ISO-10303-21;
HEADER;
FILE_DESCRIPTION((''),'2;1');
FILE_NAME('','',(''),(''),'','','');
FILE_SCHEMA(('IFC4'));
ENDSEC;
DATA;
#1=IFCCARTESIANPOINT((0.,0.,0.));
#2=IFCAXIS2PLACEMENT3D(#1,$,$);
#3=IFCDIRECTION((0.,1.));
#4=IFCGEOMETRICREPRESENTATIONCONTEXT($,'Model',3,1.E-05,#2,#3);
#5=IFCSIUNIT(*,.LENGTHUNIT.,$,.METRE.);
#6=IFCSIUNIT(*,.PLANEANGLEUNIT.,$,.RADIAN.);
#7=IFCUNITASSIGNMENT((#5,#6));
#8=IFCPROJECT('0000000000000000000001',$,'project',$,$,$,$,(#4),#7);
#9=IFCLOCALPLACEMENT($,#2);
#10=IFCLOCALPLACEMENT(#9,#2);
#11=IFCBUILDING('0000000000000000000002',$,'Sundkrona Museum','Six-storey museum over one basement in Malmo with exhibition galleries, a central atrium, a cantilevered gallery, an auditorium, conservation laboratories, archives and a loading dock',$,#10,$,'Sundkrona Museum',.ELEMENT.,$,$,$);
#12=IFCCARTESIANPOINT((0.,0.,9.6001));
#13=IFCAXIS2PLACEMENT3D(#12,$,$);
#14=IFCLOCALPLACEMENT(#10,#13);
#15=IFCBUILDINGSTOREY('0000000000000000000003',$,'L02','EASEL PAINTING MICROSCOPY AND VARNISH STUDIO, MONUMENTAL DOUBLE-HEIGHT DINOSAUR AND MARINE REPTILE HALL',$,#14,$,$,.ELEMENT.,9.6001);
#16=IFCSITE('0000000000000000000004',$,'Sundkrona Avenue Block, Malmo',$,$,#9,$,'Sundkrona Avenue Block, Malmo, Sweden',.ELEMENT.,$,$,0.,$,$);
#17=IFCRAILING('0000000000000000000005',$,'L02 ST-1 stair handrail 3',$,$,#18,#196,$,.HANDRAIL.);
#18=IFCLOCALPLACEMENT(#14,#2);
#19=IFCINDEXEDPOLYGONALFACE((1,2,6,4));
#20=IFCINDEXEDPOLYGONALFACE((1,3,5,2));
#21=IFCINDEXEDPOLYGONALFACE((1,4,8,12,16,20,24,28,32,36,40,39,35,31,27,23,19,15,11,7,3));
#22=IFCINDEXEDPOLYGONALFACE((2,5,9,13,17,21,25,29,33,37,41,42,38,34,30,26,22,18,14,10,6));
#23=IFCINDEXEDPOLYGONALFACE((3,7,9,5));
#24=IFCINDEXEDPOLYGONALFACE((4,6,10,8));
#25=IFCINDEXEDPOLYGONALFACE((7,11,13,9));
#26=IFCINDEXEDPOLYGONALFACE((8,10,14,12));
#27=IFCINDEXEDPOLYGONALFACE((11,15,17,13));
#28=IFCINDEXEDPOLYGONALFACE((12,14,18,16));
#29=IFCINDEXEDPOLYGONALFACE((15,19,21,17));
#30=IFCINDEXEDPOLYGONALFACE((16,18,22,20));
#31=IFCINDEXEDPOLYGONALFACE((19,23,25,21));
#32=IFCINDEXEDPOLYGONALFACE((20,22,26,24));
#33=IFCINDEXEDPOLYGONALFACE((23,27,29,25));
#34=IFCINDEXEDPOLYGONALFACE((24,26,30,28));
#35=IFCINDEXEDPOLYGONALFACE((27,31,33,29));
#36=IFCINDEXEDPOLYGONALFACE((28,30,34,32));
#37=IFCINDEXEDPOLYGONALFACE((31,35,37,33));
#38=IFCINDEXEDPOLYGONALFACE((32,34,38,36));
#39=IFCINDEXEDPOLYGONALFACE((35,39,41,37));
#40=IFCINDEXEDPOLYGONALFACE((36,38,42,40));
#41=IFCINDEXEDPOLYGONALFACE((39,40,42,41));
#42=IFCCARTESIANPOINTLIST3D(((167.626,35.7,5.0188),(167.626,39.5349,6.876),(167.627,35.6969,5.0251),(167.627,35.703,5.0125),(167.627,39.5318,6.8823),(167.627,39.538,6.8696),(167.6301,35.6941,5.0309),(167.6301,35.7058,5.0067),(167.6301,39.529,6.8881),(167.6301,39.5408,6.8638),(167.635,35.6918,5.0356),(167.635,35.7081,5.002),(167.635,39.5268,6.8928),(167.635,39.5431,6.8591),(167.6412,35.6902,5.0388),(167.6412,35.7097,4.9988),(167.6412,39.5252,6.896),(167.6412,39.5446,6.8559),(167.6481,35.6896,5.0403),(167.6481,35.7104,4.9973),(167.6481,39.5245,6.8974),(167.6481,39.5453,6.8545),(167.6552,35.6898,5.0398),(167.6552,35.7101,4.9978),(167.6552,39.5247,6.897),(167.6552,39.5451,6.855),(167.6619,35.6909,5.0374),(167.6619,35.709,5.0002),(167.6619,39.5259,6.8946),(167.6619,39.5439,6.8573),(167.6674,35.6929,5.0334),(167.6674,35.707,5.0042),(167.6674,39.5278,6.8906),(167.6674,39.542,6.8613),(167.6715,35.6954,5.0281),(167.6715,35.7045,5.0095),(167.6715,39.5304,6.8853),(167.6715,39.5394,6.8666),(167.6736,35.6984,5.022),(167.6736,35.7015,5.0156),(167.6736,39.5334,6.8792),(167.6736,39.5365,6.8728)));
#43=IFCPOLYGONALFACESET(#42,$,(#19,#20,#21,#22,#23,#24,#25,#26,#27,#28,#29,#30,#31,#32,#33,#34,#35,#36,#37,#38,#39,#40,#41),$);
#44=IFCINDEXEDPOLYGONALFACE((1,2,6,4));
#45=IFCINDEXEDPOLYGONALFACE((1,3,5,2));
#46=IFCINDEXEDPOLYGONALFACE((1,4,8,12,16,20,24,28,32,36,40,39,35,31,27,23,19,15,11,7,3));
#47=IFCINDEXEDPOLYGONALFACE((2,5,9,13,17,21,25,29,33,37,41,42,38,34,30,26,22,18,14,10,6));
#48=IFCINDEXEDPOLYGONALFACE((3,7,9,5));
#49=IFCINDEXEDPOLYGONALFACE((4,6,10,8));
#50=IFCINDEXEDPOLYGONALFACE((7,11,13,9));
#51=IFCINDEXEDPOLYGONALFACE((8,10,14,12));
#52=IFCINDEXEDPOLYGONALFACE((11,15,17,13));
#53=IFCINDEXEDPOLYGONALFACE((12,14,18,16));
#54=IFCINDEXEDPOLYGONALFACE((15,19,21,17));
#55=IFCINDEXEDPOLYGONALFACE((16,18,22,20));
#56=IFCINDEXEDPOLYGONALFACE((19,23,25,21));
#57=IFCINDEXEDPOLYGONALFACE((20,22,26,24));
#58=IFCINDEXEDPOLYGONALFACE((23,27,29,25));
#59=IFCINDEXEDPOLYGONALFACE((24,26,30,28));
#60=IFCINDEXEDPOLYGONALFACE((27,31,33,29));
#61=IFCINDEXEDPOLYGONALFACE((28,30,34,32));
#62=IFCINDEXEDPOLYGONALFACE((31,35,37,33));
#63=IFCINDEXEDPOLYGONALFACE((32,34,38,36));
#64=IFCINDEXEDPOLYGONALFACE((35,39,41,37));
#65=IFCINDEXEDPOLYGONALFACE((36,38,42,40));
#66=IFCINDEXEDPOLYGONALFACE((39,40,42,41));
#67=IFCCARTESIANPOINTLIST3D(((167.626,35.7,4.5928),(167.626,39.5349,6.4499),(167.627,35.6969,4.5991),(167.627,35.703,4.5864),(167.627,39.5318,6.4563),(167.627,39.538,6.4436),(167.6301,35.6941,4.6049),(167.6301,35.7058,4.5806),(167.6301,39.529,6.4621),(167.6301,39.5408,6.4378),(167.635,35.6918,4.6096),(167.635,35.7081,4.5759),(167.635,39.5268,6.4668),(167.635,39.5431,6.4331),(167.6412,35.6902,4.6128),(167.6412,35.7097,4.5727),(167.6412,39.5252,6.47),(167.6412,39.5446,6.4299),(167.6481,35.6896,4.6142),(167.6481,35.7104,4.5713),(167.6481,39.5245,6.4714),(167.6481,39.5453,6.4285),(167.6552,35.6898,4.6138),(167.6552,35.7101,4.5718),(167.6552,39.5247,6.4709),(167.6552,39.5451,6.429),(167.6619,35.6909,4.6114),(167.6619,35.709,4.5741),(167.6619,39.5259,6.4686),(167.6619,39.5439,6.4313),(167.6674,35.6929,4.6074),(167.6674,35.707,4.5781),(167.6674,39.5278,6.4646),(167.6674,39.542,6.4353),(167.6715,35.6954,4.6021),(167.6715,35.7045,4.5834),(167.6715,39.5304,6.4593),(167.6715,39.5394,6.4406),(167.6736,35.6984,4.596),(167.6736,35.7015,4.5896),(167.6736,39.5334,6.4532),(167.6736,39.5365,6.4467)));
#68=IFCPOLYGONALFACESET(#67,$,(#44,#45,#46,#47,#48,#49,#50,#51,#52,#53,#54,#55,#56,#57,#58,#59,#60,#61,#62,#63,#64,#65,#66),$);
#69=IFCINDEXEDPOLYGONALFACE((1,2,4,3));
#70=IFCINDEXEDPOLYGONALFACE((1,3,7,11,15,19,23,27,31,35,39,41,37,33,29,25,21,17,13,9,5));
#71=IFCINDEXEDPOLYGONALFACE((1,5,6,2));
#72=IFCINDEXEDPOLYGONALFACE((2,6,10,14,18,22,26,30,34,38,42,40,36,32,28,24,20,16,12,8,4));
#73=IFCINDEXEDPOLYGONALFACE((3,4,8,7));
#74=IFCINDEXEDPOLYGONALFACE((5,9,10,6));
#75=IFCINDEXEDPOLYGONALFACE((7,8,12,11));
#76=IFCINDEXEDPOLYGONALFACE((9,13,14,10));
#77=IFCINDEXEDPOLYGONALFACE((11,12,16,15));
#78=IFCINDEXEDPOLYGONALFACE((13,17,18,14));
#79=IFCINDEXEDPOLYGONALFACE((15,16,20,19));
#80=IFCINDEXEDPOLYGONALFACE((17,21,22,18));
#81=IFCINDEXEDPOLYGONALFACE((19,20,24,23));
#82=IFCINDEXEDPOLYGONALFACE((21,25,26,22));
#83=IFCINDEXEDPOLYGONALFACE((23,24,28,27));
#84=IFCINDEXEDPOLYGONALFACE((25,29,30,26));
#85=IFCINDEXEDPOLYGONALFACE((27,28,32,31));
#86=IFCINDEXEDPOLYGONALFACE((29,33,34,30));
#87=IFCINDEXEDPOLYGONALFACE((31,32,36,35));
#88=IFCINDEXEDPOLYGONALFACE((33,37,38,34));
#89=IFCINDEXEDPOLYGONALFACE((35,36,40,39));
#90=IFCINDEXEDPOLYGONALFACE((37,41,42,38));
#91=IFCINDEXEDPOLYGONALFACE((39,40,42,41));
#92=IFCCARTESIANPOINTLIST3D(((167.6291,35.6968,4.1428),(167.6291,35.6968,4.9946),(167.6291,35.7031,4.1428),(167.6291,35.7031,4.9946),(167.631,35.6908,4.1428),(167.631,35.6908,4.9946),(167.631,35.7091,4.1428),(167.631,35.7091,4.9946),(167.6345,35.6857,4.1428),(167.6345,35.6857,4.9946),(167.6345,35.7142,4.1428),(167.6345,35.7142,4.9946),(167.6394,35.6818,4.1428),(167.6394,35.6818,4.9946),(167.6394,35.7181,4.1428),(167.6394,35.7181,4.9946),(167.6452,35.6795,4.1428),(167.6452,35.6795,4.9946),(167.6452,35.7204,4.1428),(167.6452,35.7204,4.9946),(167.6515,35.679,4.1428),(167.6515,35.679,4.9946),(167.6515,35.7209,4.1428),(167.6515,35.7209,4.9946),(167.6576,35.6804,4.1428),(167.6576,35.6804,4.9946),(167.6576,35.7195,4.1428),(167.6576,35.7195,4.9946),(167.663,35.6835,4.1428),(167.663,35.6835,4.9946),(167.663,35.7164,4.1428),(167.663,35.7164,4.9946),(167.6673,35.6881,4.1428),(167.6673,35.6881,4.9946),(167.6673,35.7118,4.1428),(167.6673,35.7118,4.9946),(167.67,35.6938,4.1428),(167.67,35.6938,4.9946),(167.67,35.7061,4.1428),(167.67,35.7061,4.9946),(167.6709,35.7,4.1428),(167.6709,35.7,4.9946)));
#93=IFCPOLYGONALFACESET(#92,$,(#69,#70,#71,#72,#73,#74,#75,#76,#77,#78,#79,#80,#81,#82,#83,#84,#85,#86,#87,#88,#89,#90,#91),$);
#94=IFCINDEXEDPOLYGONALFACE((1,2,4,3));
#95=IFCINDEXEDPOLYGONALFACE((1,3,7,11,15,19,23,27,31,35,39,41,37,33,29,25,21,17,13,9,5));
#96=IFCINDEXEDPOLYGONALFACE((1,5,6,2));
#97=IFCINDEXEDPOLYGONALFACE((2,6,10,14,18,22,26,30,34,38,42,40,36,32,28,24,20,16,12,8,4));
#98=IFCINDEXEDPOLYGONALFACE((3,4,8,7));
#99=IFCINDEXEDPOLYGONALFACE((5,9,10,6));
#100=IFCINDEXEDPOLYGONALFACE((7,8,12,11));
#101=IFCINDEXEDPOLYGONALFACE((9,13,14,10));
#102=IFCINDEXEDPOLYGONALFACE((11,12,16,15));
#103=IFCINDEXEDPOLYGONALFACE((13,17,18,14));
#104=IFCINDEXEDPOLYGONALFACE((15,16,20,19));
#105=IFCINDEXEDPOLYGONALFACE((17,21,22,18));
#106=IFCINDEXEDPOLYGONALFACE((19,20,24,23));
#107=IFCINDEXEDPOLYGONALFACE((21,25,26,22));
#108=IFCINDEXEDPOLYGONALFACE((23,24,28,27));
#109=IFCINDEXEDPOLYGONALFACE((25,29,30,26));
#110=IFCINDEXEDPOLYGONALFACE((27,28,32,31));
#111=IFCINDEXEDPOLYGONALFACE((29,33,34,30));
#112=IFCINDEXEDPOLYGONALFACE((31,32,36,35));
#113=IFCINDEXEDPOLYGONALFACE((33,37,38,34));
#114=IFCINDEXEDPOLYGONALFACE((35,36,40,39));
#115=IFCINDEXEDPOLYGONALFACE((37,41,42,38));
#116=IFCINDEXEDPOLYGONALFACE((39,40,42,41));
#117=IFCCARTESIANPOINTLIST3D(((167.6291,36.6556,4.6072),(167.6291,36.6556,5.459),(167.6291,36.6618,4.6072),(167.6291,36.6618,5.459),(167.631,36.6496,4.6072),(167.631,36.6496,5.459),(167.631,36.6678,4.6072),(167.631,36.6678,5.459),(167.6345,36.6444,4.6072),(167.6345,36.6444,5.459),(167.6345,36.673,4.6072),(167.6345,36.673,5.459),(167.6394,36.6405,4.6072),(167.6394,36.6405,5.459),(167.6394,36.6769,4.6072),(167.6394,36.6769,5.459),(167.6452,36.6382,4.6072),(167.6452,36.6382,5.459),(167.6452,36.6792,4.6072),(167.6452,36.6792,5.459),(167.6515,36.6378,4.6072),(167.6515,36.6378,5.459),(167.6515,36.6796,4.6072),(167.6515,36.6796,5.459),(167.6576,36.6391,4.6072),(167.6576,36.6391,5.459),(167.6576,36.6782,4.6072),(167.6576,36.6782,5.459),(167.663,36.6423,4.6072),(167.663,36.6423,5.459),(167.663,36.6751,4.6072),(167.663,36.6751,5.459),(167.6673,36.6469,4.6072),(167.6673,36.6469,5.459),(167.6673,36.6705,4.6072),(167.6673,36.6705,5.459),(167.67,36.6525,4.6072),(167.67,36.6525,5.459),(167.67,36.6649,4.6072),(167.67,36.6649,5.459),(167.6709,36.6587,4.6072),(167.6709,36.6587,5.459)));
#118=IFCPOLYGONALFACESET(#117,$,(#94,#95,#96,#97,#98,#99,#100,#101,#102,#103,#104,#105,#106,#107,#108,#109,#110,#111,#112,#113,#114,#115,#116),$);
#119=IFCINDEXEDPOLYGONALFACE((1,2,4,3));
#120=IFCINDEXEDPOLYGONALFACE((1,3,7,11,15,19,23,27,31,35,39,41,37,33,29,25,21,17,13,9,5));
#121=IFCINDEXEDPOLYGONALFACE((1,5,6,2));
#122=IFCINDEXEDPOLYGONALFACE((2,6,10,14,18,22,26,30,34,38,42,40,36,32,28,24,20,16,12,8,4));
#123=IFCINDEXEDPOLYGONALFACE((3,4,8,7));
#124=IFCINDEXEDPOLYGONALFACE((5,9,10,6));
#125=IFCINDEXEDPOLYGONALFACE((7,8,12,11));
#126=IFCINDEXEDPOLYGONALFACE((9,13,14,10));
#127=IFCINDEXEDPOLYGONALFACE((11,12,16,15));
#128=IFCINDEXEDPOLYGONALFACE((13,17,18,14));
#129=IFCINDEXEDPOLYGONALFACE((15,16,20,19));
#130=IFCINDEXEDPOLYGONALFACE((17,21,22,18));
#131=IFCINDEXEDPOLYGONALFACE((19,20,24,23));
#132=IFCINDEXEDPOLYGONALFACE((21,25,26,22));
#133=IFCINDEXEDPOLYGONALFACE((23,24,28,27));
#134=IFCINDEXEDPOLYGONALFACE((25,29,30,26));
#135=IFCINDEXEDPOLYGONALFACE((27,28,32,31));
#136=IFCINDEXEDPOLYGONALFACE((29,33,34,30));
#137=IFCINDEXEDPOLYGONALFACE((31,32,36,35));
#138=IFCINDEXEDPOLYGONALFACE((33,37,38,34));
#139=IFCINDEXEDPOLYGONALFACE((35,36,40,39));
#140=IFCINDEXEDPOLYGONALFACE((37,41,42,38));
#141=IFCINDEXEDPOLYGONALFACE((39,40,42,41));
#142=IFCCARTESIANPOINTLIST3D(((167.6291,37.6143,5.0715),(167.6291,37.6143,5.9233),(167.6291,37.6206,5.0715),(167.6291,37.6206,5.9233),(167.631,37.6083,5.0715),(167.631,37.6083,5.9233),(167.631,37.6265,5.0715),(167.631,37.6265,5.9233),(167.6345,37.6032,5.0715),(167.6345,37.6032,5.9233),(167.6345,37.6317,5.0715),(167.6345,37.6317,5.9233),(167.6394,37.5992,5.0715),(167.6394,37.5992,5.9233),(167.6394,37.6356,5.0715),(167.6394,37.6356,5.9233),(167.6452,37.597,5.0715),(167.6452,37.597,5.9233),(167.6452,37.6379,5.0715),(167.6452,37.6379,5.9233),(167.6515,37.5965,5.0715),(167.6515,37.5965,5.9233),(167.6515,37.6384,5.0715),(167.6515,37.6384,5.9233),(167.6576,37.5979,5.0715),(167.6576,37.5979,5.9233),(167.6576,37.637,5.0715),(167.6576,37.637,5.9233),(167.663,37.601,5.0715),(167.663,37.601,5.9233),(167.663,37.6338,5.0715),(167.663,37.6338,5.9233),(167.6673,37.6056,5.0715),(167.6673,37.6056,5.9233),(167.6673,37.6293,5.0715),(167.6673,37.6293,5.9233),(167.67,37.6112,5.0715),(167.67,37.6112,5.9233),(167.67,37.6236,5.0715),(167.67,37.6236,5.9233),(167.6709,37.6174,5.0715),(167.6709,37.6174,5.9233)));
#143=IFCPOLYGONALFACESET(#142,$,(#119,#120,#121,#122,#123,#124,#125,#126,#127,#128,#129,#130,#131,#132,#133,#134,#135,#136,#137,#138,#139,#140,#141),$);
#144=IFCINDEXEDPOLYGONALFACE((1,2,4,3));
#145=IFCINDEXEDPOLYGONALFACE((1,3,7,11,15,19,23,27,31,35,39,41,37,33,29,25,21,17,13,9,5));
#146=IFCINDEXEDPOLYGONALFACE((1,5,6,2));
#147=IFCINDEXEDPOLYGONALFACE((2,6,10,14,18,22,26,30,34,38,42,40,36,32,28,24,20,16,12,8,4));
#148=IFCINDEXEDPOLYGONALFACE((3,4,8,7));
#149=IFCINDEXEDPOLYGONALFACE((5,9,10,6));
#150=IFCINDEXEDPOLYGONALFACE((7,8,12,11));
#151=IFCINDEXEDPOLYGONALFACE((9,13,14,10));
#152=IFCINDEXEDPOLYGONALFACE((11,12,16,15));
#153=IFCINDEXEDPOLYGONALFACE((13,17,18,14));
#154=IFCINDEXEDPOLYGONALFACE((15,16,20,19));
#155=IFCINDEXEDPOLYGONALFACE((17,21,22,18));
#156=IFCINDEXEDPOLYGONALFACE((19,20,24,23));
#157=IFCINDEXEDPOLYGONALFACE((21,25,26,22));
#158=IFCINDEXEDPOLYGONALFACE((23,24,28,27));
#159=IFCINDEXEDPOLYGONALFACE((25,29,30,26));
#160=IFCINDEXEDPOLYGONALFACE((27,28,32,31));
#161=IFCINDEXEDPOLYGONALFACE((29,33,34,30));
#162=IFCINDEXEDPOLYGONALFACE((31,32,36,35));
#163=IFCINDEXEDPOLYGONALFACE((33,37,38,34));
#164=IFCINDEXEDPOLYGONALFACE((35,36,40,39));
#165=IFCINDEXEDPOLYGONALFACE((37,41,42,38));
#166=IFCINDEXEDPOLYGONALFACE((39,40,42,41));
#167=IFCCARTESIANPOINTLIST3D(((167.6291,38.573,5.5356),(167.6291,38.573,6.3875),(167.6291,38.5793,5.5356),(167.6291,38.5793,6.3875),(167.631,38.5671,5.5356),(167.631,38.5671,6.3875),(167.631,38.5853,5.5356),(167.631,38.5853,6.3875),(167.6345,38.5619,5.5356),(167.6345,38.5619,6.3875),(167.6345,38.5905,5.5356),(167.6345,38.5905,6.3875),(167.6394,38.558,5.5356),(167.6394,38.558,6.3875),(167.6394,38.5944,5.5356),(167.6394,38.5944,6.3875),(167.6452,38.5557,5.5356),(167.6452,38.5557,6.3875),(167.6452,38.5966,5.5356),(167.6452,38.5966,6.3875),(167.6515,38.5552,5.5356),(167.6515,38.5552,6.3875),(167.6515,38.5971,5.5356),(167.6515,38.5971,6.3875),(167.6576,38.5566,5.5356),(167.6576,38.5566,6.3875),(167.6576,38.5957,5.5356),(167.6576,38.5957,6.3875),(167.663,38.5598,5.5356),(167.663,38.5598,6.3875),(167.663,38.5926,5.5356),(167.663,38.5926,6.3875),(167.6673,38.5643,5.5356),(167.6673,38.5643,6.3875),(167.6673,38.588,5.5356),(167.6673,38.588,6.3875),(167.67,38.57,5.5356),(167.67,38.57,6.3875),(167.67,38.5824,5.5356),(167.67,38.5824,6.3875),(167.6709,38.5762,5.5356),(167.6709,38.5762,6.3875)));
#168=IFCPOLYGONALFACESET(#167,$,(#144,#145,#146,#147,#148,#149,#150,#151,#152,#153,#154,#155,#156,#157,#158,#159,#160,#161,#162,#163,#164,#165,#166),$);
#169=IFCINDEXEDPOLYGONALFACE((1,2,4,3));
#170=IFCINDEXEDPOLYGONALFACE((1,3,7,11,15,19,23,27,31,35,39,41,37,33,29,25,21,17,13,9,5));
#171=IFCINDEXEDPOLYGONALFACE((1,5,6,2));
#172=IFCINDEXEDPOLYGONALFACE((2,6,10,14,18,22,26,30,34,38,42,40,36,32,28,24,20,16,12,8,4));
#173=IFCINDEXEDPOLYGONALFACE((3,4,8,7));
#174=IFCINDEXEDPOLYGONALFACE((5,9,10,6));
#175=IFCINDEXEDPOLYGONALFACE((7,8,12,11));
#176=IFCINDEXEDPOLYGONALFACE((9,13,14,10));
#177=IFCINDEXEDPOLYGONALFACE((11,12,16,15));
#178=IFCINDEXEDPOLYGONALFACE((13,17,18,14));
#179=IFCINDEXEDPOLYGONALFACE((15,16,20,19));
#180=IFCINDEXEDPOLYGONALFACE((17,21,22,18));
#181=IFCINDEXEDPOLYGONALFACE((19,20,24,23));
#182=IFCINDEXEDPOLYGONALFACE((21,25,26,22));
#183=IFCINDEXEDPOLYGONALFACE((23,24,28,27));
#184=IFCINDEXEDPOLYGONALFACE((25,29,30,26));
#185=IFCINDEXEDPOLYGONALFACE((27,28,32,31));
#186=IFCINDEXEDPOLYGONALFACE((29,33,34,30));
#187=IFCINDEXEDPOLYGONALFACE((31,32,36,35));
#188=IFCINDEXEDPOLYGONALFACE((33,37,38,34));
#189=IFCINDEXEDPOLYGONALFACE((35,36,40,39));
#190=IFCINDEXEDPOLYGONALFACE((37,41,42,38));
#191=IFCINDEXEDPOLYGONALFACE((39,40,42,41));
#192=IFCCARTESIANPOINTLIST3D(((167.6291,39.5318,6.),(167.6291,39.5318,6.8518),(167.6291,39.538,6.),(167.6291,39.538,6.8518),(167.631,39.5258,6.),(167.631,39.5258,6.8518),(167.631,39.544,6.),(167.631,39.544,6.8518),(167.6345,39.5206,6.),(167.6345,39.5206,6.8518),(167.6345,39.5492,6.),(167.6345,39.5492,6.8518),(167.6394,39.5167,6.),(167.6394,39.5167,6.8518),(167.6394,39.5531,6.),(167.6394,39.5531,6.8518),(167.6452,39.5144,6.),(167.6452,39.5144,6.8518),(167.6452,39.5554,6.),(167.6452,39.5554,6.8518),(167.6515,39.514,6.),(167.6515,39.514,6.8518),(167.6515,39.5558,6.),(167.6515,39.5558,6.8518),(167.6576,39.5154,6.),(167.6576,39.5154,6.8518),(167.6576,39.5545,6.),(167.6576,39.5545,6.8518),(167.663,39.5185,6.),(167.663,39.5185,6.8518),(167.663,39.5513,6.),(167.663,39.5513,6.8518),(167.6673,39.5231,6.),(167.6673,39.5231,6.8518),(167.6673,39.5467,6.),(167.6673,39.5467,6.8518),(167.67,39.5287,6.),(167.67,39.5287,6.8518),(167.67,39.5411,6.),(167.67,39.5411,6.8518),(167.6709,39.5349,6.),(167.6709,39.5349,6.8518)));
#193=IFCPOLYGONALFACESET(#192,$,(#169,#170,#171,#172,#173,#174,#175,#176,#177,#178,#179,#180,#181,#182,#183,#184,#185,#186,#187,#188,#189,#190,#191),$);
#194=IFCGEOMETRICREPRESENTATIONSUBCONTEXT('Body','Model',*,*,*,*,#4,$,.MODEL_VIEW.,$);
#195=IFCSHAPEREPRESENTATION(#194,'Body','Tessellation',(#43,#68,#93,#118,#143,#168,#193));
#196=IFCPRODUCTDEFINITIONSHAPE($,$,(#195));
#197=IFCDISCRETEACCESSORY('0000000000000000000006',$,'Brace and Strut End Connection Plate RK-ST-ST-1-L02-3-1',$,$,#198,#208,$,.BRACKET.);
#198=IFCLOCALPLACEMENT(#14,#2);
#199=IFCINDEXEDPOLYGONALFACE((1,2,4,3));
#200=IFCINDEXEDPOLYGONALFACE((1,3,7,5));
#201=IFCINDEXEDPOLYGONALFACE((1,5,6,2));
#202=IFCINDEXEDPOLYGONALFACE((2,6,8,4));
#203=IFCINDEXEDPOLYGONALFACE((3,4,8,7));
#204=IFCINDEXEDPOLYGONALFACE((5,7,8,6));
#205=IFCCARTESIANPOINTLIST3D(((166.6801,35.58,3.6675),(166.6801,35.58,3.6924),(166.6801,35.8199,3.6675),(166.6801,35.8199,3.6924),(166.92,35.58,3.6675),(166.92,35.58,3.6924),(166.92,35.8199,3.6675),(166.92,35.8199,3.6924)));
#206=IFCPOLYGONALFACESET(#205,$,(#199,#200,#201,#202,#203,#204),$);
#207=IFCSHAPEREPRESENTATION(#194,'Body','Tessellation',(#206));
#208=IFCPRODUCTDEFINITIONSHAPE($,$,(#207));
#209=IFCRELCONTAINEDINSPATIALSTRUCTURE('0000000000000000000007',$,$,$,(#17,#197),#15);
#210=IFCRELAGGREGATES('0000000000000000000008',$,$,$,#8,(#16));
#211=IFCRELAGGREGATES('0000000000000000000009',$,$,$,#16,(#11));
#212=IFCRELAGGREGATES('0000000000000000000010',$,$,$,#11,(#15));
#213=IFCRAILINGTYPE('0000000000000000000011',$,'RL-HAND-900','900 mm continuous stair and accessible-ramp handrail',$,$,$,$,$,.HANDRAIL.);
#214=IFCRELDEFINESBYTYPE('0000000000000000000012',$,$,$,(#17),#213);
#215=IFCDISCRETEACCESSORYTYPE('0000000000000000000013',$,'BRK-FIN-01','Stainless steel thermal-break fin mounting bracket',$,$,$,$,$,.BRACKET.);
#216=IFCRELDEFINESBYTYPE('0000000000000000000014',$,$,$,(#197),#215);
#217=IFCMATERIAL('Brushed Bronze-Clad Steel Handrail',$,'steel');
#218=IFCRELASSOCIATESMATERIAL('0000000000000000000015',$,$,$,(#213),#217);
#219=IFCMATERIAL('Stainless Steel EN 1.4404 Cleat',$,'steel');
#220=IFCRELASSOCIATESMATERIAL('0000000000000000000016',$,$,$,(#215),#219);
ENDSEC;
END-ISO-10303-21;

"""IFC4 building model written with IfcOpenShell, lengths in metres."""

from ifc_helpers import new_model, si_unit, direction, frame, origin, origin_2d, place, context, subcontext, project, spatial, rectangle, circle, extrude, material, type_object, element, save


model = new_model("IFC4")

# Units and contexts
model_context = context("Model", 3, precision=1e-05, world=origin(), true_north=direction((0.0, 1.0)))
body_context = subcontext(model_context, "Body", "Model", "MODEL_VIEW")
ifc_project = project(units=[si_unit("LENGTHUNIT", "METRE"), si_unit("PLANEANGLEUNIT", "RADIAN")], contexts=[model_context])

# Site, building, storey
site_placement = place(None, origin())
site = spatial("IfcSite", under=ifc_project, at=site_placement, Name="Sundkrona Avenue Block, Malmo", LongName="Sundkrona Avenue Block, Malmo, Sweden", CompositionType="ELEMENT", RefElevation=0.0)
building_placement = place(site_placement, origin())
building = spatial("IfcBuilding", under=site, at=building_placement, Name="Sundkrona Museum", Description="Six-storey museum over one basement in Malmo with exhibition galleries, a central atrium, a cantilevered gallery, an auditorium, conservation laboratories, archives and a loading dock", LongName="Sundkrona Museum", CompositionType="ELEMENT")
storey_placement = place(building_placement, frame((0.0, 0.0, 9.6001)))
storey = spatial("IfcBuildingStorey", under=building, at=storey_placement, Name="L02", Description="EASEL PAINTING MICROSCOPY AND VARNISH STUDIO, MONUMENTAL DOUBLE-HEIGHT DINOSAUR AND MARINE REPTILE HALL", CompositionType="ELEMENT", Elevation=9.6001)

# Railing
ifc_material_1 = material(Name="Brushed Bronze-Clad Steel Handrail", Category="steel")
railing_type_1 = type_object("IfcRailingType", Name="RL-HAND-900", Description="900 mm continuous stair and accessible-ramp handrail", PredefinedType="HANDRAIL", material=ifc_material_1)
for number, where, name in (
    (1, (167.6499, 35.7, 4.1428), "L02 ST-1 stair handrail 3"),
):
    element("IfcRailing", number, at=place(storey_placement, frame(where)), inside=storey, type_object=railing_type_1, Name=name, PredefinedType="HANDRAIL", context=body_context, shape_type="SweptSolid", body=[
        extrude(circle(Radius=0.0239, at=origin_2d()), frame((0.0, 0.0, 0.876), z_axis=(0.0, 0.900016, 0.435856), x_axis=(-1.0, 0.0, 0.0)), (0.0, 0.0, 1.0), 4.261),
        extrude(circle(Radius=0.0239, at=origin_2d()), frame((0.0, 0.0, 0.45), z_axis=(0.0, 0.900016, 0.435856), x_axis=(-1.0, 0.0, 0.0)), (0.0, 0.0, 1.0), 4.261),
        extrude(circle(Radius=0.021, at=origin_2d()), origin(), (0.0, 0.0, 1.0), 0.8518),
        extrude(circle(Radius=0.021, at=origin_2d()), frame((0.0, 0.9587, 0.4644)), (0.0, 0.0, 1.0), 0.8518),
        extrude(circle(Radius=0.021, at=origin_2d()), frame((0.0, 1.9175, 0.9287)), (0.0, 0.0, 1.0), 0.8518),
        extrude(circle(Radius=0.021, at=origin_2d()), frame((0.0, 2.8762, 1.3928)), (0.0, 0.0, 1.0), 0.8518),
        extrude(circle(Radius=0.021, at=origin_2d()), frame((0.0, 3.835, 1.8572)), (0.0, 0.0, 1.0), 0.8518),
    ])

# Discrete accessory
ifc_material_2 = material(Name="Stainless Steel EN 1.4404 Cleat", Category="steel")
discrete_accessory_type = type_object("IfcDiscreteAccessoryType", Name="BRK-FIN-01", Description="Stainless steel thermal-break fin mounting bracket", PredefinedType="BRACKET", material=ifc_material_2)
discrete_accessory_1_placement = place(storey_placement, frame((166.8, 35.7, 3.6675), z_axis=(0.0, 0.0, 1.0), x_axis=(1.0, 0.0, 0.0)))
element("IfcDiscreteAccessory", 2, at=discrete_accessory_1_placement, inside=storey, type_object=discrete_accessory_type, Name="Brace and Strut End Connection Plate RK-ST-ST-1-L02-3-1", PredefinedType="BRACKET", context=body_context, shape_type="SweptSolid", body=[
    extrude(rectangle(XDim=0.24, YDim=0.24, at=origin_2d()), origin(), (0.0, 0.0, 1.0), 0.0249),
])

save(model, "model.ifc")
